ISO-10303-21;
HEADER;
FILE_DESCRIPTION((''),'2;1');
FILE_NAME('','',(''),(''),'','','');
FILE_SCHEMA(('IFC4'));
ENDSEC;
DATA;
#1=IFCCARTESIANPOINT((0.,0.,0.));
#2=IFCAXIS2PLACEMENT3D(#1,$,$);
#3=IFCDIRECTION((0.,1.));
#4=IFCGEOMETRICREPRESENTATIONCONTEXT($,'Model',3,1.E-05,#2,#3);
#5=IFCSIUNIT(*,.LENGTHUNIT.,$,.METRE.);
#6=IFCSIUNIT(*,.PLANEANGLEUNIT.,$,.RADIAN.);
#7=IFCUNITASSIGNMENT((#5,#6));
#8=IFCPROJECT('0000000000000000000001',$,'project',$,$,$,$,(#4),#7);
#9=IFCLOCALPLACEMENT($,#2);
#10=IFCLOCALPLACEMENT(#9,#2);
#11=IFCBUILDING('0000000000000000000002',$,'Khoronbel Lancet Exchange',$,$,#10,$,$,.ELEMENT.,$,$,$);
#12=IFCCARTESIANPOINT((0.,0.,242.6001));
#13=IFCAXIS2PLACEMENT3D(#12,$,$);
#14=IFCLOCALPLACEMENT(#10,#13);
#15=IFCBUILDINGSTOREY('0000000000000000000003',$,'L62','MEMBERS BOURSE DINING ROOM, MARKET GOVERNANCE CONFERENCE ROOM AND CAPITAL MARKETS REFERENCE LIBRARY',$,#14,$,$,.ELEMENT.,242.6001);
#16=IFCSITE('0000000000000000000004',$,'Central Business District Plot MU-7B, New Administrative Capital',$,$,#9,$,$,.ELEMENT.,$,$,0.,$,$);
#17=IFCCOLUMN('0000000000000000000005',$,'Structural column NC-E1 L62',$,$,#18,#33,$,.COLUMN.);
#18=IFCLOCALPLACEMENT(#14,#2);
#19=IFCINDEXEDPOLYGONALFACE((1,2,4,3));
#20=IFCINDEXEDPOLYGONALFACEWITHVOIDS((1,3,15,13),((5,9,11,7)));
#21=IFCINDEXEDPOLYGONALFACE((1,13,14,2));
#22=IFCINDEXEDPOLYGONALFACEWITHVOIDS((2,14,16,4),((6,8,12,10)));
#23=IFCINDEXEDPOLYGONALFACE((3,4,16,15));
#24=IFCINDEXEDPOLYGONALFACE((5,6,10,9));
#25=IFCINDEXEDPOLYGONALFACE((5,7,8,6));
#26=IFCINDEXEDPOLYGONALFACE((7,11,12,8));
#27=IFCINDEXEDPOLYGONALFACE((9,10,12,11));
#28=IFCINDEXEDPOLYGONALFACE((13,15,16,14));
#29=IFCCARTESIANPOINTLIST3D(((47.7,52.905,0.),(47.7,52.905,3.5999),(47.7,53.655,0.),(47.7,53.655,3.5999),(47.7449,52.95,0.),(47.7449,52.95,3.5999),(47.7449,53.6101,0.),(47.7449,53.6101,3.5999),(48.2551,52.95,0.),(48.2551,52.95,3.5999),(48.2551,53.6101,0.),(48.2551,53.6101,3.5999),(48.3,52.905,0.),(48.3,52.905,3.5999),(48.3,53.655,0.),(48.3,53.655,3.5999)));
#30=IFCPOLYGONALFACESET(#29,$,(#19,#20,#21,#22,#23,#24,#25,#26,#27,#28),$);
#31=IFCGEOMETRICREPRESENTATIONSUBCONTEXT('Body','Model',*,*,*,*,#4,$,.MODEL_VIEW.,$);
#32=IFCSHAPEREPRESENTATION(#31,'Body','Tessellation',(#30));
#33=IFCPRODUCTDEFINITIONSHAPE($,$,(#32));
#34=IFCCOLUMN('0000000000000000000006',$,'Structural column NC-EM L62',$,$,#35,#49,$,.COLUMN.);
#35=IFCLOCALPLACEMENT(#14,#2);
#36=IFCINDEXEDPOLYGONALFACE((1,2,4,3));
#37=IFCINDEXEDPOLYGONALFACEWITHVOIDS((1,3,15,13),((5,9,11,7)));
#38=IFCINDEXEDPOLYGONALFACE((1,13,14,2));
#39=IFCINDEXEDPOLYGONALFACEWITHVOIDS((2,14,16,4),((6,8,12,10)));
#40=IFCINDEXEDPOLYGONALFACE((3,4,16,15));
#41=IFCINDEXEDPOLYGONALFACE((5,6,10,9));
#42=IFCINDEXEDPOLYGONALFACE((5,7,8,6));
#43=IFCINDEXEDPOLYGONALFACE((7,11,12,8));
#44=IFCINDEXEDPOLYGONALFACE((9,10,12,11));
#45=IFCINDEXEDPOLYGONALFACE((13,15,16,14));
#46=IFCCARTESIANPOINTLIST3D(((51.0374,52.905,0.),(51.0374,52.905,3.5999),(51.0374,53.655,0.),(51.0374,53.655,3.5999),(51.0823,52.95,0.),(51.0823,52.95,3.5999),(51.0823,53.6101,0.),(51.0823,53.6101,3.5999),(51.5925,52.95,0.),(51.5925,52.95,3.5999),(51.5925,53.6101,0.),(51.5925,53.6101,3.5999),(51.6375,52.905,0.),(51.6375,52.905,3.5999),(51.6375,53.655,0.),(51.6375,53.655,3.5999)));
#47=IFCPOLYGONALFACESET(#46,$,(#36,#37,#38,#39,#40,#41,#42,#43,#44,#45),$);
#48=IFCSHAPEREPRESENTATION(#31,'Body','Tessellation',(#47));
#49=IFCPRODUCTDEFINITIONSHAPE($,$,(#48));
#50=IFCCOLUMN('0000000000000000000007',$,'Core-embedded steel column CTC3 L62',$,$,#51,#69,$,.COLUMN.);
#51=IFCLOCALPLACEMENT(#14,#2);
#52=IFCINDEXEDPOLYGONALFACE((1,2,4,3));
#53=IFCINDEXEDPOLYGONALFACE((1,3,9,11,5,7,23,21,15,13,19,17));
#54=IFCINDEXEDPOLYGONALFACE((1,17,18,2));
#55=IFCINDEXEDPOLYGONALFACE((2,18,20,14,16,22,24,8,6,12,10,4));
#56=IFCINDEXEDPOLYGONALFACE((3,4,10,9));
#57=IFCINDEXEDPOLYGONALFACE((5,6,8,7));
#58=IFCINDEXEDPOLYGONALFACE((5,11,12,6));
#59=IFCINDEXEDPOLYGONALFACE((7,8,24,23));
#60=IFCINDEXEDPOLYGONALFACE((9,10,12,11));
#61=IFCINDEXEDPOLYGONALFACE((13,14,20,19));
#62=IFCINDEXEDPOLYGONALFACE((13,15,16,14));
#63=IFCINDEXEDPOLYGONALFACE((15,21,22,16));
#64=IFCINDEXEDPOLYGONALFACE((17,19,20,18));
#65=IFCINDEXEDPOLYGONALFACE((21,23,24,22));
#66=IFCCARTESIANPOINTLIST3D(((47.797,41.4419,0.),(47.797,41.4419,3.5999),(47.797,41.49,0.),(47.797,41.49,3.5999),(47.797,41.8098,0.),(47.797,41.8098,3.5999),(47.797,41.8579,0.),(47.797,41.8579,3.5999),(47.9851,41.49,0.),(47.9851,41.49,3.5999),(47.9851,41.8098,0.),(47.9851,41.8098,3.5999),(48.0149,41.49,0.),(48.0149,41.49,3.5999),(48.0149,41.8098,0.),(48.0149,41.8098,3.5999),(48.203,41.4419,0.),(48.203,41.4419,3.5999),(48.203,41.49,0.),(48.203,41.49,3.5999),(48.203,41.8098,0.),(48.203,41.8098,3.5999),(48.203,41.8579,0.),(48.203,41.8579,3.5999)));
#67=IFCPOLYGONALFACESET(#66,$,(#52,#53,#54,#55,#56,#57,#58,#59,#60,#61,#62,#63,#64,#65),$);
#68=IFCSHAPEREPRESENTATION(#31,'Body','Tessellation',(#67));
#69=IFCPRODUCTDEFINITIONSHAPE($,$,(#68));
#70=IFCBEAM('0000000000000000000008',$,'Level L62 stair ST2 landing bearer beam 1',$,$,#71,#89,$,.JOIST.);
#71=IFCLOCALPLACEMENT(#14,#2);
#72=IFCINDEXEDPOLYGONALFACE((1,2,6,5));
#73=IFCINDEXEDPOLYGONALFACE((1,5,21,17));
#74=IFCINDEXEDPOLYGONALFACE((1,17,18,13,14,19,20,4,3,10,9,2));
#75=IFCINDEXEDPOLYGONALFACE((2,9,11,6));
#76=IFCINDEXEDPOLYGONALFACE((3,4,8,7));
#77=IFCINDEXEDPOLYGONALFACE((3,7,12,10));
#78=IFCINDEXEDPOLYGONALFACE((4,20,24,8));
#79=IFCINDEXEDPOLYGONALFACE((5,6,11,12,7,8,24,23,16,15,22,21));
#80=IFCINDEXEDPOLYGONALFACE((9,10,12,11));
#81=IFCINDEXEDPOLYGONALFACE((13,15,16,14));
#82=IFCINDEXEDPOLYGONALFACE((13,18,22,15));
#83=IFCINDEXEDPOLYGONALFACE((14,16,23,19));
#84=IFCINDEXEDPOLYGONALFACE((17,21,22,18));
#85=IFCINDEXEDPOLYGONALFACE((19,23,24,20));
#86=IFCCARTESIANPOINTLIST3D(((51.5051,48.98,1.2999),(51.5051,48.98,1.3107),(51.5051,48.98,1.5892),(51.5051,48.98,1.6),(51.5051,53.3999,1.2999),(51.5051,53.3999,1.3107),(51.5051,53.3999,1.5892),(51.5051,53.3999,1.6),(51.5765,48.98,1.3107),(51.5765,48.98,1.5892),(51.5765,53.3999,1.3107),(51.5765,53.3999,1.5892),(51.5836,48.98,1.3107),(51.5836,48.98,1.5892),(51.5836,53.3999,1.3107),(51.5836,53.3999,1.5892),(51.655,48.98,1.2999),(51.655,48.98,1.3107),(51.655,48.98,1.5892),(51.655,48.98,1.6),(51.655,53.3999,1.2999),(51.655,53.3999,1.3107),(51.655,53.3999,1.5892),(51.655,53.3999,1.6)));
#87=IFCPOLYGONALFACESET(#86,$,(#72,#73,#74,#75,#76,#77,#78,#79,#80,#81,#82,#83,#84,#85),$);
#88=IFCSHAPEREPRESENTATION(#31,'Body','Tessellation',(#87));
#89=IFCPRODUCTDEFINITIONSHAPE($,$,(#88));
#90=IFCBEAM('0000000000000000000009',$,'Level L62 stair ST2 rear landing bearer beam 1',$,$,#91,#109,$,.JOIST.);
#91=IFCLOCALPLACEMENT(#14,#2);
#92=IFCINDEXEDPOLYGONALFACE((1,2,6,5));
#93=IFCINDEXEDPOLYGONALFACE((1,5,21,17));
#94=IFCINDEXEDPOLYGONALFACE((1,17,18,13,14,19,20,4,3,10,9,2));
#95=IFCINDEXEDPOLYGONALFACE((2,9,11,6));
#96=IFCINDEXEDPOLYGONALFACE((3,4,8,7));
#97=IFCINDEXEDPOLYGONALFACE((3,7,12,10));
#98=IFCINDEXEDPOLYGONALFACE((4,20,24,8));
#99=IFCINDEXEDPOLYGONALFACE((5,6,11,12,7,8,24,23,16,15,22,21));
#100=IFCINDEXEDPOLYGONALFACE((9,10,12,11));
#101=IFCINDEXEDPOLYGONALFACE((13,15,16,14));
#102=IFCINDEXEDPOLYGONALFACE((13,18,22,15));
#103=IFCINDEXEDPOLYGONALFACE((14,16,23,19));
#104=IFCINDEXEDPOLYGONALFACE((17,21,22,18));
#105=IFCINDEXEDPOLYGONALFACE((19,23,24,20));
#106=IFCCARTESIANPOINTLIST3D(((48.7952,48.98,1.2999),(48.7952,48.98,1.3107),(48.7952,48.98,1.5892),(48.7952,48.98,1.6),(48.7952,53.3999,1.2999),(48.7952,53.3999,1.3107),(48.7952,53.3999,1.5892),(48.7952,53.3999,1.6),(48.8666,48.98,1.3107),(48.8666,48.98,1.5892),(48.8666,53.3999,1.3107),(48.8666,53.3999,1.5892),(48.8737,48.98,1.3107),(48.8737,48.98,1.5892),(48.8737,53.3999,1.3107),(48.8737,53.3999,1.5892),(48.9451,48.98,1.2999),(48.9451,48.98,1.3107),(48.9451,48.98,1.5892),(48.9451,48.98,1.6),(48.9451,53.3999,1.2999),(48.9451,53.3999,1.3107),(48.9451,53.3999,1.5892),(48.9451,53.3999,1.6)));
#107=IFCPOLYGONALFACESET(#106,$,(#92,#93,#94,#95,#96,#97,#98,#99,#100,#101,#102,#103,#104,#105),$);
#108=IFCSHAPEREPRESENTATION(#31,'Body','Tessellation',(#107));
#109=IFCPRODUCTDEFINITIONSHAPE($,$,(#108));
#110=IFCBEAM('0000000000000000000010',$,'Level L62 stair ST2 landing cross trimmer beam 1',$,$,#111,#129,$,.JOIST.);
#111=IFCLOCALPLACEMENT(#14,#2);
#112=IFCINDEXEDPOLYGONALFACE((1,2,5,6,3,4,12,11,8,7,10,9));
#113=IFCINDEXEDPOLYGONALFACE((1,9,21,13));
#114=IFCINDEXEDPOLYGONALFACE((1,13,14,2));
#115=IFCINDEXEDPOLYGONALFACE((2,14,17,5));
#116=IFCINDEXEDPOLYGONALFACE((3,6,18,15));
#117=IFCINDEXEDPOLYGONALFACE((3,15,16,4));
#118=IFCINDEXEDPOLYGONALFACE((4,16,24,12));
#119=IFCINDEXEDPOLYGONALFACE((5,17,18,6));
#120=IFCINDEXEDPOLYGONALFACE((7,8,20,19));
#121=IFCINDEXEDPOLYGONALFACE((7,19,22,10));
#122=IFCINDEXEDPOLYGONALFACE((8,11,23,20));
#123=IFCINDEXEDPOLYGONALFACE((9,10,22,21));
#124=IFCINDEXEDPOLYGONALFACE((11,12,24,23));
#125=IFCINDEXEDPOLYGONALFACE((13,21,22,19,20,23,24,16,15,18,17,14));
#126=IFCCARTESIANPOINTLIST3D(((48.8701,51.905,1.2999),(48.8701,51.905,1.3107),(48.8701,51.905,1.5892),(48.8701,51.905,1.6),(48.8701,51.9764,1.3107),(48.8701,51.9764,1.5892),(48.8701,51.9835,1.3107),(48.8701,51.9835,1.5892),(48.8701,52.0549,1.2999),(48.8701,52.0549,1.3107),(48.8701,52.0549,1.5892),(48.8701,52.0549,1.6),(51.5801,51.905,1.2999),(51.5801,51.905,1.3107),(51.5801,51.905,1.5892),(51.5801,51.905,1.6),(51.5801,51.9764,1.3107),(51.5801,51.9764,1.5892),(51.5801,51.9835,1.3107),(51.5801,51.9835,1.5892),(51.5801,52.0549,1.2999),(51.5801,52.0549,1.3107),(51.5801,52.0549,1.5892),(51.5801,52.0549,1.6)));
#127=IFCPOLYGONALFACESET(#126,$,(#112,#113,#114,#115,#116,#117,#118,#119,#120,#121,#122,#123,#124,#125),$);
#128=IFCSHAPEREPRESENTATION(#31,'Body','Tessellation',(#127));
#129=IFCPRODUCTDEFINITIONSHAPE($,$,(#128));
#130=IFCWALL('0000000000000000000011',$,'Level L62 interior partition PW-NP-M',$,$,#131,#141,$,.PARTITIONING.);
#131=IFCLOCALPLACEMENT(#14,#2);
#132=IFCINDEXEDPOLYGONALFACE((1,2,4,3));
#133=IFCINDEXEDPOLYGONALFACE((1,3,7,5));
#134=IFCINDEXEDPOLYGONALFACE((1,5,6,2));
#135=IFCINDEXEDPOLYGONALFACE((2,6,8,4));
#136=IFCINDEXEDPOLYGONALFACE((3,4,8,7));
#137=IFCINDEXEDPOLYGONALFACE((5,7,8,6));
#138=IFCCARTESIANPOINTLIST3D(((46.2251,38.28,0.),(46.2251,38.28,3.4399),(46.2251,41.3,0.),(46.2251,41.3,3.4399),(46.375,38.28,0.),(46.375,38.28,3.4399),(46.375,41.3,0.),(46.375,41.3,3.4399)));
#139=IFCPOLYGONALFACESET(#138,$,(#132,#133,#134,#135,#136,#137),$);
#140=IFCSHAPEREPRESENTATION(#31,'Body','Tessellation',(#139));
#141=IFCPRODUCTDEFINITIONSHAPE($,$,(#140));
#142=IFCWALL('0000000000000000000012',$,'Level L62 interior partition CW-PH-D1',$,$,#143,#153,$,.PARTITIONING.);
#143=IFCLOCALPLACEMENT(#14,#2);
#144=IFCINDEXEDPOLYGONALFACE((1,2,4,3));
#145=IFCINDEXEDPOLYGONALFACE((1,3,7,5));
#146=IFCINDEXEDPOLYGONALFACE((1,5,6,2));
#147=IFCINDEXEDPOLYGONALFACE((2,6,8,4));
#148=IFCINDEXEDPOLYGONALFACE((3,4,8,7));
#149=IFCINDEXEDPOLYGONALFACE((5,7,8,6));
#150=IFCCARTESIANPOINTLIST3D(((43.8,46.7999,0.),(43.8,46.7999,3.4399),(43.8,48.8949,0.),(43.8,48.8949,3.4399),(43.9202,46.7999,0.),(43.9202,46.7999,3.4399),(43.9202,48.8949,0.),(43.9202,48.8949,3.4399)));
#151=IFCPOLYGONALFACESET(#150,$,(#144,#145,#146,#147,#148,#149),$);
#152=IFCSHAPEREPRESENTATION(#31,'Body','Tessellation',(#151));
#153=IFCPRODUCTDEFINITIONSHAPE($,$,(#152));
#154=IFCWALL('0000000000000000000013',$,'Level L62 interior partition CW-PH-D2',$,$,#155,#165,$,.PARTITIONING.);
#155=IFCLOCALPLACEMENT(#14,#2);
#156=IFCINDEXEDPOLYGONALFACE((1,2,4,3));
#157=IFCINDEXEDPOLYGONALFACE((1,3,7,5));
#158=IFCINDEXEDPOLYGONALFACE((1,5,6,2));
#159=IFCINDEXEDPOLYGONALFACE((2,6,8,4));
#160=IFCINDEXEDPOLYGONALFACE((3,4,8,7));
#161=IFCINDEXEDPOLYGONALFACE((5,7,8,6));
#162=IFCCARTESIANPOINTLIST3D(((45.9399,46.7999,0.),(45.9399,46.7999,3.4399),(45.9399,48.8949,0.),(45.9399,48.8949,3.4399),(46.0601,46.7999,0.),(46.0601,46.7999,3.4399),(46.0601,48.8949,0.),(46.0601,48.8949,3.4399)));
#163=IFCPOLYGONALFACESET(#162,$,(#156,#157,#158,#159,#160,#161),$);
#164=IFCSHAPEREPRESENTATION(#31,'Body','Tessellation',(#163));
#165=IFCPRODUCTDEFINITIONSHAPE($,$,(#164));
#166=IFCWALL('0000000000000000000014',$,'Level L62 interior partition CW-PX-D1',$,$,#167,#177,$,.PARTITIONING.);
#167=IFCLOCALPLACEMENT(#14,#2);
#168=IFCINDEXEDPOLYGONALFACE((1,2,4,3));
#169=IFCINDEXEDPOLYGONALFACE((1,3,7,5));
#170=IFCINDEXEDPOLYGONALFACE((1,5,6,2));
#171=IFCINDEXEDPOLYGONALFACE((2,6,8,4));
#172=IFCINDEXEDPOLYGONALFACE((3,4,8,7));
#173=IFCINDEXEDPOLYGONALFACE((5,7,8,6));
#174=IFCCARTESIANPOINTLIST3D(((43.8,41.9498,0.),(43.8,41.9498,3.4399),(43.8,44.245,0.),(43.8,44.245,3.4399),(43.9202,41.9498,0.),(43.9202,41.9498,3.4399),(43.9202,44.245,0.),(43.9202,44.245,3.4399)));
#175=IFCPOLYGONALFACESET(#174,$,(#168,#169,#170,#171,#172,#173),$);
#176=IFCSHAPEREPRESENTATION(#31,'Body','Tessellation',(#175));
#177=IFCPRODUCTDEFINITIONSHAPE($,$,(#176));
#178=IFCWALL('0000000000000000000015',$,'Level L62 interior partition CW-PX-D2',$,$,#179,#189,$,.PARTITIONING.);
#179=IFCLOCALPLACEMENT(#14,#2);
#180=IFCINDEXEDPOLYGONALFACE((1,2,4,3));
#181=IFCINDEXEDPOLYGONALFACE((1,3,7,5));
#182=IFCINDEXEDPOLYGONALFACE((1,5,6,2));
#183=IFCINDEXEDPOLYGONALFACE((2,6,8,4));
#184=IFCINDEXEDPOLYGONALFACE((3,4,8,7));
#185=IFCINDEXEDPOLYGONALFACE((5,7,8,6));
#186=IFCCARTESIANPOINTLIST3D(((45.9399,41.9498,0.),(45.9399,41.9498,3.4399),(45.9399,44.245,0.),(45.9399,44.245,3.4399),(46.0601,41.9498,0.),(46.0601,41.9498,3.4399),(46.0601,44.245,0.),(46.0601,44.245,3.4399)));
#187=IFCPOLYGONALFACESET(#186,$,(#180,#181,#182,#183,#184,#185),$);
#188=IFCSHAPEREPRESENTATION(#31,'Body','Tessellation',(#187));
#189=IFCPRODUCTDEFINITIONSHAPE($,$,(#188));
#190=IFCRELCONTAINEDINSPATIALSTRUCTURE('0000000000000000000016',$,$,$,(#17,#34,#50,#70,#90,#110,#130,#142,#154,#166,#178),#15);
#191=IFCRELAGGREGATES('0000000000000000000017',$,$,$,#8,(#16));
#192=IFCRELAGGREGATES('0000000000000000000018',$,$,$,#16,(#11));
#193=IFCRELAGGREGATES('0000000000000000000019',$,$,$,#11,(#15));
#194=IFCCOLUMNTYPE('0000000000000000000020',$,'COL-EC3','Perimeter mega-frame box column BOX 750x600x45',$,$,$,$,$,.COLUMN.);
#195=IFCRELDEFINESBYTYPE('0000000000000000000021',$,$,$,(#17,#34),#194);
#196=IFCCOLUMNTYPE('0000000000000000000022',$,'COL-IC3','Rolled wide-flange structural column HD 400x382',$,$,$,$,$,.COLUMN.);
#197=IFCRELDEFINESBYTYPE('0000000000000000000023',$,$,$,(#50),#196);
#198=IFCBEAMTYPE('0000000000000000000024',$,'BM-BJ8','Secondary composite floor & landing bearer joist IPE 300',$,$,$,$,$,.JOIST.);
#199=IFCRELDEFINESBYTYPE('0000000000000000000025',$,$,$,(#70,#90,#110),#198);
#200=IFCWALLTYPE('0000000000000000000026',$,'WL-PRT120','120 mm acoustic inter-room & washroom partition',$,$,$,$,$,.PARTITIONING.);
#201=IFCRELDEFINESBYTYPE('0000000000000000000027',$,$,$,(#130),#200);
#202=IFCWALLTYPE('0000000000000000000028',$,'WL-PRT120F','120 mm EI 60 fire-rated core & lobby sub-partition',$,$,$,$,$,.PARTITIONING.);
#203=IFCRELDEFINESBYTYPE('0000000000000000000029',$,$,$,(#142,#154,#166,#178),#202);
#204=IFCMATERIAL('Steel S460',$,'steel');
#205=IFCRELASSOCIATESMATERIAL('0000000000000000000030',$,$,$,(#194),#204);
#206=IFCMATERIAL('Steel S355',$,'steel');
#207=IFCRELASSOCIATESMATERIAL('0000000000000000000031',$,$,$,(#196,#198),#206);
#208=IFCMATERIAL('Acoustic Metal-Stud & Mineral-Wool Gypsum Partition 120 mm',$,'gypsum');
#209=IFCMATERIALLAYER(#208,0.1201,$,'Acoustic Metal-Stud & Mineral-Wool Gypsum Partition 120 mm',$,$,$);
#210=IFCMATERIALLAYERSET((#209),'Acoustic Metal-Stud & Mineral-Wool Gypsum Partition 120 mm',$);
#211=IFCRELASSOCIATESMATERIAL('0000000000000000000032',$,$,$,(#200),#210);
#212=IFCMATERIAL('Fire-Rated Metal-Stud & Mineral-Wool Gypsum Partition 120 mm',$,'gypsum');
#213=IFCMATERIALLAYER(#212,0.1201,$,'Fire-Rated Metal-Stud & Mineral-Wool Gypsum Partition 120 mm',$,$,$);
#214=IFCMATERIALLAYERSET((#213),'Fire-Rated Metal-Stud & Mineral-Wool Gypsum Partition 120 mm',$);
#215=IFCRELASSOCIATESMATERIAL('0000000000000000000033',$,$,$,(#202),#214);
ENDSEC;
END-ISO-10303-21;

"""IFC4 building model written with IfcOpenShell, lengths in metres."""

from ifc_helpers import new_model, si_unit, direction, frame, frame_2d, origin, origin_2d, place, context, subcontext, project, spatial, rectangle, hollow_rectangle, i_section, extrude, material, layer, layer_set, material_profile, profile_set, type_object, element, save


model = new_model("IFC4")

# Units and contexts
model_context = context("Model", 3, precision=1e-05, world=origin(), true_north=direction((0.0, 1.0)))
body_context = subcontext(model_context, "Body", "Model", "MODEL_VIEW")
ifc_project = project(units=[si_unit("LENGTHUNIT", "METRE"), si_unit("PLANEANGLEUNIT", "RADIAN")], contexts=[model_context])

# Site, building, storey
site_placement = place(None, origin())
site = spatial("IfcSite", under=ifc_project, at=site_placement, Name="Central Business District Plot MU-7B, New Administrative Capital", CompositionType="ELEMENT", RefElevation=0.0)
building_placement = place(site_placement, origin())
building = spatial("IfcBuilding", under=site, at=building_placement, Name="Khoronbel Lancet Exchange", CompositionType="ELEMENT")
storey_placement = place(building_placement, frame((0.0, 0.0, 242.6001)))
storey = spatial("IfcBuildingStorey", under=building, at=storey_placement, Name="L62", Description="MEMBERS BOURSE DINING ROOM, MARKET GOVERNANCE CONFERENCE ROOM AND CAPITAL MARKETS REFERENCE LIBRARY", CompositionType="ELEMENT", Elevation=242.6001)

# Columns
ifc_material_1 = material(Name="Steel S460", Category="steel")
ifc_material_profile_1 = material_profile(ifc_material_1, hollow_rectangle(XDim=0.6001, YDim=0.75, WallThickness=0.0449, at=origin_2d()), Name="BOX 750x600x45")
ifc_profile_set_1 = profile_set([ifc_material_profile_1], Name="Steel S460")
column_type_1 = type_object("IfcColumnType", Name="COL-EC3", Description="Perimeter mega-frame box column BOX 750x600x45", PredefinedType="COLUMN", material=ifc_profile_set_1)
for number, where, z_axis, x_axis, name in (
    (1, (48.0, 53.28, 0.0), (0.0, 0.0, 1.0), (1.0, 0.0, 0.0), "Structural column NC-E1 L62"),
    (2, (51.3374, 53.28, 0.0), (0.0, 0.0, 1.0), (1.0, 0.0, 0.0), "Structural column NC-EM L62"),
):
    element("IfcColumn", number, at=place(storey_placement, frame(where, z_axis=z_axis, x_axis=x_axis)), inside=storey, type_object=column_type_1, Name=name, PredefinedType="COLUMN", context=body_context, shape_type="SweptSolid", body=[
        extrude(hollow_rectangle(XDim=0.6001, YDim=0.75, WallThickness=0.0449, at=origin_2d()), origin(), (0.0, 0.0, 1.0), 3.5999),
    ])
ifc_material_2 = material(Name="Steel S355", Category="steel")
ifc_material_profile_2 = material_profile(ifc_material_2, i_section(OverallWidth=0.406, OverallDepth=0.416, WebThickness=0.0298, FlangeThickness=0.0481, at=origin_2d()), Name="HD 400x382")
ifc_profile_set_2 = profile_set([ifc_material_profile_2], Name="Steel S355")
column_type_2 = type_object("IfcColumnType", Name="COL-IC3", Description="Rolled wide-flange structural column HD 400x382", PredefinedType="COLUMN", material=ifc_profile_set_2)
column_placement = place(storey_placement, frame((48.0, 41.6499, 0.0), z_axis=(0.0, 0.0, 1.0), x_axis=(1.0, 0.0, 0.0)))
element("IfcColumn", 3, at=column_placement, inside=storey, type_object=column_type_2, Name="Core-embedded steel column CTC3 L62", PredefinedType="COLUMN", context=body_context, shape_type="SweptSolid", body=[
    extrude(i_section(OverallWidth=0.406, OverallDepth=0.416, WebThickness=0.0298, FlangeThickness=0.0481, at=origin_2d()), origin(), (0.0, 0.0, 1.0), 3.5999),
])

# Beams
ifc_material_profile_3 = material_profile(ifc_material_2, i_section(OverallWidth=0.1499, OverallDepth=0.3, WebThickness=0.0071, FlangeThickness=0.0107, at=origin_2d()), Name="IPE 300")
ifc_profile_set_3 = profile_set([ifc_material_profile_3], Name="Steel S355")
beam_type = type_object("IfcBeamType", Name="BM-BJ8", Description="Secondary composite floor & landing bearer joist IPE 300", PredefinedType="JOIST", material=ifc_profile_set_3)
for number, where, z_axis, x_axis, name in (
    (4, (51.5801, 48.98, 1.45), (0.0, 1.0, 0.0), (-1.0, 0.0, 0.0), "Level L62 stair ST2 landing bearer beam 1"),
    (5, (48.8701, 48.98, 1.45), (0.0, 1.0, 0.0), (-1.0, 0.0, 0.0), "Level L62 stair ST2 rear landing bearer beam 1"),
):
    element("IfcBeam", number, at=place(storey_placement, frame(where, z_axis=z_axis, x_axis=x_axis)), inside=storey, type_object=beam_type, Name=name, PredefinedType="JOIST", context=body_context, shape_type="SweptSolid", body=[
        extrude(i_section(OverallWidth=0.1499, OverallDepth=0.3, WebThickness=0.0071, FlangeThickness=0.0107, at=origin_2d()), origin(), (0.0, 0.0, 1.0), 4.4199),
    ])
beam_placement = place(storey_placement, frame((48.8701, 51.98, 1.45), z_axis=(1.0, 0.0, 0.0), x_axis=(0.0, 1.0, 0.0)))
element("IfcBeam", 6, at=beam_placement, inside=storey, type_object=beam_type, Name="Level L62 stair ST2 landing cross trimmer beam 1", PredefinedType="JOIST", context=body_context, shape_type="SweptSolid", body=[
    extrude(i_section(OverallWidth=0.1499, OverallDepth=0.3, WebThickness=0.0071, FlangeThickness=0.0107, at=origin_2d()), origin(), (0.0, 0.0, 1.0), 2.71),
])

# Walls
ifc_material_3 = material(Name="Acoustic Metal-Stud & Mineral-Wool Gypsum Partition 120 mm", Category="gypsum")
ifc_layer_1 = layer(ifc_material_3, 0.1201, Name="Acoustic Metal-Stud & Mineral-Wool Gypsum Partition 120 mm")
ifc_layer_set_1 = layer_set([ifc_layer_1], Name="Acoustic Metal-Stud & Mineral-Wool Gypsum Partition 120 mm")
wall_type_1 = type_object("IfcWallType", Name="WL-PRT120", Description="120 mm acoustic inter-room & washroom partition", PredefinedType="PARTITIONING", material=ifc_layer_set_1)
wall_1_placement = place(storey_placement, frame((46.3, 38.28, 0.0), z_axis=(0.0, 0.0, 1.0), x_axis=(0.0, 1.0, 0.0)))
element("IfcWall", 7, at=wall_1_placement, inside=storey, type_object=wall_type_1, Name="Level L62 interior partition PW-NP-M", PredefinedType="PARTITIONING", context=body_context, shape_type="SweptSolid", body=[
    extrude(rectangle(XDim=3.02, YDim=0.1499, at=frame_2d((1.51, 0.0))), origin(), (0.0, 0.0, 1.0), 3.4399),
])
ifc_material_4 = material(Name="Fire-Rated Metal-Stud & Mineral-Wool Gypsum Partition 120 mm", Category="gypsum")
ifc_layer_2 = layer(ifc_material_4, 0.1201, Name="Fire-Rated Metal-Stud & Mineral-Wool Gypsum Partition 120 mm")
ifc_layer_set_2 = layer_set([ifc_layer_2], Name="Fire-Rated Metal-Stud & Mineral-Wool Gypsum Partition 120 mm")
wall_type_2 = type_object("IfcWallType", Name="WL-PRT120F", Description="120 mm EI 60 fire-rated core & lobby sub-partition", PredefinedType="PARTITIONING", material=ifc_layer_set_2)
for number, where, z_axis, x_axis, name in (
    (8, (43.8601, 46.8, 0.0), (0.0, 0.0, 1.0), (0.0, 1.0, 0.0), "Level L62 interior partition CW-PH-D1"),
    (9, (46.0, 46.8, 0.0), (0.0, 0.0, 1.0), (0.0, 1.0, 0.0), "Level L62 interior partition CW-PH-D2"),
):
    element("IfcWall", number, at=place(storey_placement, frame(where, z_axis=z_axis, x_axis=x_axis)), inside=storey, type_object=wall_type_2, Name=name, PredefinedType="PARTITIONING", context=body_context, shape_type="SweptSolid", body=[
        extrude(rectangle(XDim=2.095, YDim=0.1201, at=frame_2d((1.0474, 0.0))), origin(), (0.0, 0.0, 1.0), 3.4399),
    ])
for number, where, z_axis, x_axis, name in (
    (10, (43.8601, 41.95, 0.0), (0.0, 0.0, 1.0), (0.0, 1.0, 0.0), "Level L62 interior partition CW-PX-D1"),
    (11, (46.0, 41.95, 0.0), (0.0, 0.0, 1.0), (0.0, 1.0, 0.0), "Level L62 interior partition CW-PX-D2"),
):
    element("IfcWall", number, at=place(storey_placement, frame(where, z_axis=z_axis, x_axis=x_axis)), inside=storey, type_object=wall_type_2, Name=name, PredefinedType="PARTITIONING", context=body_context, shape_type="SweptSolid", body=[
        extrude(rectangle(XDim=2.2952, YDim=0.1201, at=frame_2d((1.1475, 0.0))), origin(), (0.0, 0.0, 1.0), 3.4399),
    ])

save(model, "model.ifc")
